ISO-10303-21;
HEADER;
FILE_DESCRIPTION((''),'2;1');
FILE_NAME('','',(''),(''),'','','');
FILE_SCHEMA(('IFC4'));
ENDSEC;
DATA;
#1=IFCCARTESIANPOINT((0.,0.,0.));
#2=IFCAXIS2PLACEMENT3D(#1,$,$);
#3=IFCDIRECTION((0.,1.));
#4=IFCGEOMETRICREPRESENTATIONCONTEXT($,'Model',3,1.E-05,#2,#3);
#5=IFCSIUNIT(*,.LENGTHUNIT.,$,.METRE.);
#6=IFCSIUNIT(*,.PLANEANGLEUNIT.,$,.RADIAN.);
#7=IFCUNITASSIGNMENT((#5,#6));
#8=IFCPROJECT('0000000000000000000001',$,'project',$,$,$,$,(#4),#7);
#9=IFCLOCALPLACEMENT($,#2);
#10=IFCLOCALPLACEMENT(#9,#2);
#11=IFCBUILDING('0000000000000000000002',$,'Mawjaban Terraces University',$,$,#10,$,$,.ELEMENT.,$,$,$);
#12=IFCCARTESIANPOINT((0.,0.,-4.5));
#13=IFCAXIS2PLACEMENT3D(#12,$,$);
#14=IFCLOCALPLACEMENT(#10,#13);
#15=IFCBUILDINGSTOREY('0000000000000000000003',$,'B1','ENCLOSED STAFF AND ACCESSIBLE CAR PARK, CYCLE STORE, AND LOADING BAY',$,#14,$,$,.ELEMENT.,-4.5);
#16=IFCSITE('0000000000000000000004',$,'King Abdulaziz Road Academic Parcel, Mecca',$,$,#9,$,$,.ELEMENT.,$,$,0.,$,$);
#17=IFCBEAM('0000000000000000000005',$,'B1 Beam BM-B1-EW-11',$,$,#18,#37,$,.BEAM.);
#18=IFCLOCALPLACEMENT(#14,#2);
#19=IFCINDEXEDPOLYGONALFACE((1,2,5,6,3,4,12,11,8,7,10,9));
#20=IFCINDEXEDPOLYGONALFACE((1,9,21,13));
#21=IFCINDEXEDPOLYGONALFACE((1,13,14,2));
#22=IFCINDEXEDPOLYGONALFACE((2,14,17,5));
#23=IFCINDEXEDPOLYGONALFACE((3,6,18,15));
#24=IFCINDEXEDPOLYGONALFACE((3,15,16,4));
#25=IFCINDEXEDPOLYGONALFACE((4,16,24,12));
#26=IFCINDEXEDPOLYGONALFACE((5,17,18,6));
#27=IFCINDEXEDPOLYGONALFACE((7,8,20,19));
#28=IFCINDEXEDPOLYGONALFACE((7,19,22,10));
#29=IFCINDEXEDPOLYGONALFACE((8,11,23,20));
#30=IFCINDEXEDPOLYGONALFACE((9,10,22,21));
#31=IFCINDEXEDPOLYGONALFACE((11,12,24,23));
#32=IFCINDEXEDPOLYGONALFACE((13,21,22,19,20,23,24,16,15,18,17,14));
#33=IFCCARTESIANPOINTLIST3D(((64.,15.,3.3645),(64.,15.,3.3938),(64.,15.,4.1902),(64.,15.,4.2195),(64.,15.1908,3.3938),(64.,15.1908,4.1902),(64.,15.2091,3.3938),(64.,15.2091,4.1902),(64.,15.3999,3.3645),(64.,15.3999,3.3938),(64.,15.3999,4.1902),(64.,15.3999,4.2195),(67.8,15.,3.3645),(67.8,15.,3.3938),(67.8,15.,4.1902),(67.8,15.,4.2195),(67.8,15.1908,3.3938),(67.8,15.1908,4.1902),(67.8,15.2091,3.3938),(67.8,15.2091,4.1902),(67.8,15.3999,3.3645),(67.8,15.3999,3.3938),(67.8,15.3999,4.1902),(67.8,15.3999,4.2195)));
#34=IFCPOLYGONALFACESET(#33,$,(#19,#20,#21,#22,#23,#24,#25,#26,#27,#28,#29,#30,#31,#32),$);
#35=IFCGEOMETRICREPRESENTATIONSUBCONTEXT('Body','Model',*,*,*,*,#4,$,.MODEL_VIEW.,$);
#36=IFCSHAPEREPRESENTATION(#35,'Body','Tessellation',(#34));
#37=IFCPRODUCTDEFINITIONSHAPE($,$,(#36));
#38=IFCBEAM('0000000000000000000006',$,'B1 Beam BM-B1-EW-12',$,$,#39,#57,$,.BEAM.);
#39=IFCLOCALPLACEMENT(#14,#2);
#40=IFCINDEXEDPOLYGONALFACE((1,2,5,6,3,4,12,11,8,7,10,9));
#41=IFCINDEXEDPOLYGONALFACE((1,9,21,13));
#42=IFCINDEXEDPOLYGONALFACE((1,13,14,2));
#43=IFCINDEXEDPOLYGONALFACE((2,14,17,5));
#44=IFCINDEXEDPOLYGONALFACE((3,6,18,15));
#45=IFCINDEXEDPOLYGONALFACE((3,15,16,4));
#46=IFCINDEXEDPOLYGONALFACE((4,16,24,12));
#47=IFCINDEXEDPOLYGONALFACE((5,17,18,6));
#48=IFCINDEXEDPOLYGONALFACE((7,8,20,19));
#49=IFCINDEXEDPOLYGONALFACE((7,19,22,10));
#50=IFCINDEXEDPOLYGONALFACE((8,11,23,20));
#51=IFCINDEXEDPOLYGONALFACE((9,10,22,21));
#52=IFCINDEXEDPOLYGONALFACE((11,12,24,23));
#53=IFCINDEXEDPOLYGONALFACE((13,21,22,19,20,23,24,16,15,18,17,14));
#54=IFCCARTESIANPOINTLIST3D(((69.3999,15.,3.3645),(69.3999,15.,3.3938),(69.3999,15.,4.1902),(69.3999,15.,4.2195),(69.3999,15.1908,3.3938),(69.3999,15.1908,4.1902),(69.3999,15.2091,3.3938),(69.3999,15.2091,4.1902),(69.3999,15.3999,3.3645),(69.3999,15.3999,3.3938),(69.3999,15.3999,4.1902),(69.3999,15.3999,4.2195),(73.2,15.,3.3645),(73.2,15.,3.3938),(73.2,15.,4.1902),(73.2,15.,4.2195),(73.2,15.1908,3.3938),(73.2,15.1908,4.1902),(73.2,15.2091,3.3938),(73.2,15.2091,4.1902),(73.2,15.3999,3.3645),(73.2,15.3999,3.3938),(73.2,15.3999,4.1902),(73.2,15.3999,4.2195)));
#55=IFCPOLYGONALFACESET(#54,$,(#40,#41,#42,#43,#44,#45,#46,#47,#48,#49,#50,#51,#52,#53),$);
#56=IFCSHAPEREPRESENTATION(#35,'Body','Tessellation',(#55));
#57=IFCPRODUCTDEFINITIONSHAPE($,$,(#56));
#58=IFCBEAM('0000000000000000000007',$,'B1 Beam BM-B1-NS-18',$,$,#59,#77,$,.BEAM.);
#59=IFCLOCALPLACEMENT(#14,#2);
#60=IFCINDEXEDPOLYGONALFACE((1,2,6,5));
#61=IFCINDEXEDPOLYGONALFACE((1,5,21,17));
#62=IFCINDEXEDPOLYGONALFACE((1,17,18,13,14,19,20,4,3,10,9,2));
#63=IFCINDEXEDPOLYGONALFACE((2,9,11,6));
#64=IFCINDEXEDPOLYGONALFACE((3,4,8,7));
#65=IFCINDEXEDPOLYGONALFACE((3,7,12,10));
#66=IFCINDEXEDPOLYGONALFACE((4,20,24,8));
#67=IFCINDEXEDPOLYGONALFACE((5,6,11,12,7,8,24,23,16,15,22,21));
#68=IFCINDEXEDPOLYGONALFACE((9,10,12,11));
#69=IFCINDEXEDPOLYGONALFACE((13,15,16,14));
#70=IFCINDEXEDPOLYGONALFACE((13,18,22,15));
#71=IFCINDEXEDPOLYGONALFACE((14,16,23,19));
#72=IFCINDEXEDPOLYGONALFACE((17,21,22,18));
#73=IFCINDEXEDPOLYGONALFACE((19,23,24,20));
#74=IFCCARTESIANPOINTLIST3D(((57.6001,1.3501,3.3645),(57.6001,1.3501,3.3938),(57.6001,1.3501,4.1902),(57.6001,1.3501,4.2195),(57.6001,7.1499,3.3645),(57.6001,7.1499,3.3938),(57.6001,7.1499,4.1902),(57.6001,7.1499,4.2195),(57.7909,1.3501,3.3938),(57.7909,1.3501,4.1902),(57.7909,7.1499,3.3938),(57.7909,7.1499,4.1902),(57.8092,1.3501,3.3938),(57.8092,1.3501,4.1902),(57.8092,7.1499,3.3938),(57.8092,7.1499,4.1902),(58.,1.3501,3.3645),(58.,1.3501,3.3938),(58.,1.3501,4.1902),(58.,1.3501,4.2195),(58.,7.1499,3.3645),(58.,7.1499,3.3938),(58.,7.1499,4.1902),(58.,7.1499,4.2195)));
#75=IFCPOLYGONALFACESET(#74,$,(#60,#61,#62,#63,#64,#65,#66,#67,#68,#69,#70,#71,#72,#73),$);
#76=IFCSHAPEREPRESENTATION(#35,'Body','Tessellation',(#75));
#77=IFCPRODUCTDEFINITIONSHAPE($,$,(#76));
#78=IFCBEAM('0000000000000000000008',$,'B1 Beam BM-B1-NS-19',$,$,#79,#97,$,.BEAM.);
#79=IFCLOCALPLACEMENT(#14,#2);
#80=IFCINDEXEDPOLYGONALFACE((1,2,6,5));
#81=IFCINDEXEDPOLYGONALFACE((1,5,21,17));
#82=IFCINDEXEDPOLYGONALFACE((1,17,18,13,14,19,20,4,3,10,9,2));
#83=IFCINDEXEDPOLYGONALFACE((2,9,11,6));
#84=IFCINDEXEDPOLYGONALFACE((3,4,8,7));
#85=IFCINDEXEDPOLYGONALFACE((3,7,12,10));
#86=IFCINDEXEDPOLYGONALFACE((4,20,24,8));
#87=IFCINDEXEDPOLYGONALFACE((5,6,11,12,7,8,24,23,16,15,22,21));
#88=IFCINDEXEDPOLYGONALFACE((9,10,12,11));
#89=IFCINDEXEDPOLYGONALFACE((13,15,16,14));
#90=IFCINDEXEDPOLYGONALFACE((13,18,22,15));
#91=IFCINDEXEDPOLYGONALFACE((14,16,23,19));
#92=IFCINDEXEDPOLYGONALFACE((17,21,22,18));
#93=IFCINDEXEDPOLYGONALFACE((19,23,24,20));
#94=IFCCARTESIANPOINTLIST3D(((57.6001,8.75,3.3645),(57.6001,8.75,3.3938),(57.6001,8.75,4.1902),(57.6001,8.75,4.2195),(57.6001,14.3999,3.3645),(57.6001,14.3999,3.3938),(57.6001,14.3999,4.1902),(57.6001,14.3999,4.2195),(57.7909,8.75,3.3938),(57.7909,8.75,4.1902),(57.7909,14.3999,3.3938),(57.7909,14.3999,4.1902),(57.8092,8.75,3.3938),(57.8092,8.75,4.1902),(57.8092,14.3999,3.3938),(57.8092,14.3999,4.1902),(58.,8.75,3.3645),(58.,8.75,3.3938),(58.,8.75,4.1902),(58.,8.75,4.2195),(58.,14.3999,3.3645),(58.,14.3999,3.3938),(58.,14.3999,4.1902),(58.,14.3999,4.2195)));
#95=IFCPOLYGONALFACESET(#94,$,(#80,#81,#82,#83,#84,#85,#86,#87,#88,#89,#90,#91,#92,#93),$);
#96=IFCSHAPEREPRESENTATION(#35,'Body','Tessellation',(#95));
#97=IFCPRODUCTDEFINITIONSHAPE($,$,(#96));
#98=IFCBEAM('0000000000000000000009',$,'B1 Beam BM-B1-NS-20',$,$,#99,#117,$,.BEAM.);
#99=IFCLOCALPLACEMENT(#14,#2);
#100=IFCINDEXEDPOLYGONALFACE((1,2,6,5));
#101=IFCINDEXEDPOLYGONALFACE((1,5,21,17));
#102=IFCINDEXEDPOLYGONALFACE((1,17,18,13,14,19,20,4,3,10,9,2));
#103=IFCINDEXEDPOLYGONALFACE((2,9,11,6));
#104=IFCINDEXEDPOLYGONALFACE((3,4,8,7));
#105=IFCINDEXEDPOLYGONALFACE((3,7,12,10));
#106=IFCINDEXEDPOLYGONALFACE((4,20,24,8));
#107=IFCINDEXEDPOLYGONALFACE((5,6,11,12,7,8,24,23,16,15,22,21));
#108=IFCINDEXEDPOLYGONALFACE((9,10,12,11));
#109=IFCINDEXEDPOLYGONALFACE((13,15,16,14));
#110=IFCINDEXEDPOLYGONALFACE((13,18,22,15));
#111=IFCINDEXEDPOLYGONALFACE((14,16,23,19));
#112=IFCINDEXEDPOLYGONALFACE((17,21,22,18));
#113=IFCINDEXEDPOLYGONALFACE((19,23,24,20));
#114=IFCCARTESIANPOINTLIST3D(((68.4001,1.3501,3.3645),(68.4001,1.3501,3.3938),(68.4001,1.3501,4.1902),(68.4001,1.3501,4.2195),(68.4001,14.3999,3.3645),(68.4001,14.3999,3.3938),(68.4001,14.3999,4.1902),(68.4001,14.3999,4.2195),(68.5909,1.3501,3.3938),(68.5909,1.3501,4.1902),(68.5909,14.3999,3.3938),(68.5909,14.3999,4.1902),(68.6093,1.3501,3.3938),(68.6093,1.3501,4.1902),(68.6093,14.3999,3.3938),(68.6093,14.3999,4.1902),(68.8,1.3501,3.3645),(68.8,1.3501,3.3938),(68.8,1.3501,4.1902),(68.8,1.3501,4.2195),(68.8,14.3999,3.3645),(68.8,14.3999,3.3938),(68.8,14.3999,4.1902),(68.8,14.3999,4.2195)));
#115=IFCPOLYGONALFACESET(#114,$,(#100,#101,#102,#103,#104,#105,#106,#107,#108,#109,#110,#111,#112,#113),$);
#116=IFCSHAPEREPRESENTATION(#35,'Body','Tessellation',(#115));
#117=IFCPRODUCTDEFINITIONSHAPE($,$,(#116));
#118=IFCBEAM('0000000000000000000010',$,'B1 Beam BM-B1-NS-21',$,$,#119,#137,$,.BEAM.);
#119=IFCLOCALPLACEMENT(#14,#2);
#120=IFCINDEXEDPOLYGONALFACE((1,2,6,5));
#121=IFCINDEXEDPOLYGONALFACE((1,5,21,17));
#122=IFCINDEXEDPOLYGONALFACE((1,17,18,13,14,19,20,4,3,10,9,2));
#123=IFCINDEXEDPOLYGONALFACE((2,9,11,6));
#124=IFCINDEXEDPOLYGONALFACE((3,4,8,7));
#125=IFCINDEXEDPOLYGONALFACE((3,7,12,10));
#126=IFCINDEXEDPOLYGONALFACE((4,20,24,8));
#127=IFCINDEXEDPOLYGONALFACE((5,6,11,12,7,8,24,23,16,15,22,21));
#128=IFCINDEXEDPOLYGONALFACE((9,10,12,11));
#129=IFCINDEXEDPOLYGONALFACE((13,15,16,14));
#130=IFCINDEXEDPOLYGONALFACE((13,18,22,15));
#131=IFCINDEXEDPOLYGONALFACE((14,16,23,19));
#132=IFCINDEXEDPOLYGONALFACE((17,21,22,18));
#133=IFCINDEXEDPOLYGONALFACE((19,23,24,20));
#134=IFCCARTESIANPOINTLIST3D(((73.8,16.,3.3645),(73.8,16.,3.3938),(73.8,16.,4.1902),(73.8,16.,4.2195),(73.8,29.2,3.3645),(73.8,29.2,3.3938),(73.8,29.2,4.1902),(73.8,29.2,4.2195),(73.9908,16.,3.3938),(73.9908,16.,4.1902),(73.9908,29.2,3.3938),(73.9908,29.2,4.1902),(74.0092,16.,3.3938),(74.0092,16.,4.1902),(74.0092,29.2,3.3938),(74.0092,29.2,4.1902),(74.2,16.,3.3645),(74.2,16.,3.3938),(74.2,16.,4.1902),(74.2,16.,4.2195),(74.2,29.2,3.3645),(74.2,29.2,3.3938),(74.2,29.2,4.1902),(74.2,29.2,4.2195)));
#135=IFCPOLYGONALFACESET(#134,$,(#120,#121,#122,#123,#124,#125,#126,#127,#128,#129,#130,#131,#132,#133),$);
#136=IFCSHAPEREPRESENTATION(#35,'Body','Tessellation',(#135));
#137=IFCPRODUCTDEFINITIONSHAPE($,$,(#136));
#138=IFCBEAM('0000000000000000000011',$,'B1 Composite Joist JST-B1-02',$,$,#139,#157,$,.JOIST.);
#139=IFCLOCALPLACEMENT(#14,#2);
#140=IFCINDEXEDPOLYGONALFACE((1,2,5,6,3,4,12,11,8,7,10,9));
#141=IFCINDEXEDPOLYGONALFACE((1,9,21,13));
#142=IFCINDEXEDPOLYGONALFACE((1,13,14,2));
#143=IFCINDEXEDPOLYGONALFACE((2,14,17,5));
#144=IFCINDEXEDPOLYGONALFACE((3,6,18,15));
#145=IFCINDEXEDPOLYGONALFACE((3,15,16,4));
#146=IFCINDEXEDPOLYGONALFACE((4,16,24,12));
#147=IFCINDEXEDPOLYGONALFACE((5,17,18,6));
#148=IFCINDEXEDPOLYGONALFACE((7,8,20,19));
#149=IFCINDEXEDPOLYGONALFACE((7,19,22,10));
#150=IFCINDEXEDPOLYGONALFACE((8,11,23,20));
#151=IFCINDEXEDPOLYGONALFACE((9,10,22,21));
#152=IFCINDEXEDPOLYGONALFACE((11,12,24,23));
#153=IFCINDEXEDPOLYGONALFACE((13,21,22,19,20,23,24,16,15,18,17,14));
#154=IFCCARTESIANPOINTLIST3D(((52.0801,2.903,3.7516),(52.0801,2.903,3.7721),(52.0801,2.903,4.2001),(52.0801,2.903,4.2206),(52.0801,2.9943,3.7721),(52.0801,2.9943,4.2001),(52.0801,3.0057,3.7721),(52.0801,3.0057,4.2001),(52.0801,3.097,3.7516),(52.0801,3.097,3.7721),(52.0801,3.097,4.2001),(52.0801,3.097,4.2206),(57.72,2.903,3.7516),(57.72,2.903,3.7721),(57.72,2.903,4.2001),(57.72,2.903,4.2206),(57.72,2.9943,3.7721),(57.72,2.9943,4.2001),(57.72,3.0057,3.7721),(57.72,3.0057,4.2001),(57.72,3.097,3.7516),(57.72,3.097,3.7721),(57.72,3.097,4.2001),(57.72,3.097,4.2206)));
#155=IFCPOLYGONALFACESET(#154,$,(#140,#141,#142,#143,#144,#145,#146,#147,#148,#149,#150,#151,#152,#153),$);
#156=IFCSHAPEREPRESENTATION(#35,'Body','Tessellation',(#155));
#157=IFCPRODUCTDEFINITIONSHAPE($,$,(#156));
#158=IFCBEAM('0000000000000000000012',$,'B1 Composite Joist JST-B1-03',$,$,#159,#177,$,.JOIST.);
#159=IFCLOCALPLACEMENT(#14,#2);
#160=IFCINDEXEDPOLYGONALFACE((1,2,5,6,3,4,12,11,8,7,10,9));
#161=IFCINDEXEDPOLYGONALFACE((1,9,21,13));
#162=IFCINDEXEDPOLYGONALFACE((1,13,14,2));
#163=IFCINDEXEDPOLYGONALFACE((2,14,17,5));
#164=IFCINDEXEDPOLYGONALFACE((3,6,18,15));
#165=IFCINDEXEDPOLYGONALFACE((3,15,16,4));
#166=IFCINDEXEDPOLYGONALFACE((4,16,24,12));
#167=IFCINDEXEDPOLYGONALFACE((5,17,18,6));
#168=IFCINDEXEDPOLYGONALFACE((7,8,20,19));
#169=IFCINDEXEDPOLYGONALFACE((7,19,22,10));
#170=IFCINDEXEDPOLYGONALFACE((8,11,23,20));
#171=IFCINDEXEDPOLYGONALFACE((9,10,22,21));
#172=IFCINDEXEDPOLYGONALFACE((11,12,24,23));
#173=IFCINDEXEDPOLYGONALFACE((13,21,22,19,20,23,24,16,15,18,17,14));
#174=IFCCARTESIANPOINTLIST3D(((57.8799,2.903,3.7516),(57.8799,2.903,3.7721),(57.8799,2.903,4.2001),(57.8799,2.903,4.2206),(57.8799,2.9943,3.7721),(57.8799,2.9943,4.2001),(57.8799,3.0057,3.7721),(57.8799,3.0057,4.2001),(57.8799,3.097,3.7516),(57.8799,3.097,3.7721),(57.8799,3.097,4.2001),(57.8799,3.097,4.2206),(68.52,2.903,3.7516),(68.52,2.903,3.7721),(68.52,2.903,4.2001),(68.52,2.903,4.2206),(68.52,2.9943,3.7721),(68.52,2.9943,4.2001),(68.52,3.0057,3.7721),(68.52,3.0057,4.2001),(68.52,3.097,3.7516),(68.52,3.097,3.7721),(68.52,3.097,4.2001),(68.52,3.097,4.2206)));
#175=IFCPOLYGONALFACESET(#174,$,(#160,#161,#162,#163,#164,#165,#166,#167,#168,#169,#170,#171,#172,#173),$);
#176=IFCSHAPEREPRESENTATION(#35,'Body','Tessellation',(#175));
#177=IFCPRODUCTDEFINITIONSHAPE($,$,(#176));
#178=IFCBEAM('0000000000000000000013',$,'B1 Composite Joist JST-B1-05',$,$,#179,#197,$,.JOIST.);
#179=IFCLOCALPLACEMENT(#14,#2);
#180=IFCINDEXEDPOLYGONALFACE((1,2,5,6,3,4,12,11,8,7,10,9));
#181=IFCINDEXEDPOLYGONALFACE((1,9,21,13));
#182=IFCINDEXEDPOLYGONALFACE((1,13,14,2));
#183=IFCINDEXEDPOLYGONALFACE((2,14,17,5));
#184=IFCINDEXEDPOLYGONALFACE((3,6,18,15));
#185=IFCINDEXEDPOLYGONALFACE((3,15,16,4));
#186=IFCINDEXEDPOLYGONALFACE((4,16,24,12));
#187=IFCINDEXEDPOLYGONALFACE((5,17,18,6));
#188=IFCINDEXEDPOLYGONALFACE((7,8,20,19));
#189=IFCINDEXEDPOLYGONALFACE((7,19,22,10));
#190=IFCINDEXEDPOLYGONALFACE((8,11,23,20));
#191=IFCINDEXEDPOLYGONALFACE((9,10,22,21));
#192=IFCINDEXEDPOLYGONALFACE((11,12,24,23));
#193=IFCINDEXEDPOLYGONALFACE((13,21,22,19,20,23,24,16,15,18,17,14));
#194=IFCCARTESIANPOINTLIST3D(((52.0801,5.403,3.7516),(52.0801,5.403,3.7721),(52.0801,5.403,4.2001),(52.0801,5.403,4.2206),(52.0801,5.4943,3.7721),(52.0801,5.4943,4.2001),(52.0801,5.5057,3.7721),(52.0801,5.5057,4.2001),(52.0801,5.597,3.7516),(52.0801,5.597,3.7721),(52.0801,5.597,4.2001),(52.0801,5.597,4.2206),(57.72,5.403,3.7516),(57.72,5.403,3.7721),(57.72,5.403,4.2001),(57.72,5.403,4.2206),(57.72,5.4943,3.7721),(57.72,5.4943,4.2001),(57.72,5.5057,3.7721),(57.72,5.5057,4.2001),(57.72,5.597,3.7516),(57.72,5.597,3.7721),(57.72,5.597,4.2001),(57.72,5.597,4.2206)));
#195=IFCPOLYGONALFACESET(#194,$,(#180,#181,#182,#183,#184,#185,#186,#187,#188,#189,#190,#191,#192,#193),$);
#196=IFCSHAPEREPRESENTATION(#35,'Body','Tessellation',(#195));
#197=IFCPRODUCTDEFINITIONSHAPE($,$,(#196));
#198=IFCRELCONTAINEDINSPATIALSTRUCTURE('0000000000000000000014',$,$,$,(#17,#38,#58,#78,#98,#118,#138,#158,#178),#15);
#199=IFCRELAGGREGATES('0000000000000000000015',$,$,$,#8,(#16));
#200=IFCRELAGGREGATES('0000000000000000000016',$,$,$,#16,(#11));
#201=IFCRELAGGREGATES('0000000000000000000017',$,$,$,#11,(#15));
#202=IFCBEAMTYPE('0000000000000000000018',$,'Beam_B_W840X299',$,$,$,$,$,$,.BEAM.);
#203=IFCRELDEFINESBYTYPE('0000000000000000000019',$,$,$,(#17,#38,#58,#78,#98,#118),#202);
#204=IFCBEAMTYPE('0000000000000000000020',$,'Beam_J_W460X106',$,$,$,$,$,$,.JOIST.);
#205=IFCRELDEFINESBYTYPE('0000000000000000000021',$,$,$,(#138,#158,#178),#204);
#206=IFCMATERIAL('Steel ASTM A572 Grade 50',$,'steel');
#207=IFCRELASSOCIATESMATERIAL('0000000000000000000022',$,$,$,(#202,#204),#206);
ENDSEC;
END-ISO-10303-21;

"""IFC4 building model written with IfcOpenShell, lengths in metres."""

from ifc_helpers import new_model, si_unit, direction, frame, origin, origin_2d, place, context, subcontext, project, spatial, i_section, extrude, material, material_profile, profile_set, type_object, element, save


model = new_model("IFC4")

# Units and contexts
model_context = context("Model", 3, precision=1e-05, world=origin(), true_north=direction((0.0, 1.0)))
body_context = subcontext(model_context, "Body", "Model", "MODEL_VIEW")
ifc_project = project(units=[si_unit("LENGTHUNIT", "METRE"), si_unit("PLANEANGLEUNIT", "RADIAN")], contexts=[model_context])

# Site, building, storey
site_placement = place(None, origin())
site = spatial("IfcSite", under=ifc_project, at=site_placement, Name="King Abdulaziz Road Academic Parcel, Mecca", CompositionType="ELEMENT", RefElevation=0.0)
building_placement = place(site_placement, origin())
building = spatial("IfcBuilding", under=site, at=building_placement, Name="Mawjaban Terraces University", CompositionType="ELEMENT")
storey_placement = place(building_placement, frame((0.0, 0.0, -4.5)))
storey = spatial("IfcBuildingStorey", under=building, at=storey_placement, Name="B1", Description="ENCLOSED STAFF AND ACCESSIBLE CAR PARK, CYCLE STORE, AND LOADING BAY", CompositionType="ELEMENT", Elevation=-4.5)

# Beams
ifc_material_1 = material(Name="Steel ASTM A572 Grade 50", Category="steel")
ifc_material_profile_1 = material_profile(ifc_material_1, i_section(OverallWidth=0.3999, OverallDepth=0.855, WebThickness=0.0183, FlangeThickness=0.0293, at=origin_2d()), Name="W840X299")
ifc_profile_set_1 = profile_set([ifc_material_profile_1], Name="Steel ASTM A572 Grade 50")
beam_type_1 = type_object("IfcBeamType", Name="Beam_B_W840X299", PredefinedType="BEAM", material=ifc_profile_set_1)
for number, where, z_axis, x_axis, name in (
    (1, (64.0, 15.2, 3.792), (1.0, 0.0, 0.0), (0.0, 1.0, 0.0), "B1 Beam BM-B1-EW-11"),
    (2, (69.3999, 15.2, 3.792), (1.0, 0.0, 0.0), (0.0, 1.0, 0.0), "B1 Beam BM-B1-EW-12"),
):
    element("IfcBeam", number, at=place(storey_placement, frame(where, z_axis=z_axis, x_axis=x_axis)), inside=storey, type_object=beam_type_1, Name=name, PredefinedType="BEAM", context=body_context, shape_type="SweptSolid", body=[
        extrude(i_section(OverallWidth=0.3999, OverallDepth=0.855, WebThickness=0.0183, FlangeThickness=0.0293, at=origin_2d()), origin(), (0.0, 0.0, 1.0), 3.8),
    ])
beam_1_placement = place(storey_placement, frame((57.8, 1.3501, 3.792), z_axis=(0.0, 1.0, 0.0), x_axis=(-1.0, 0.0, 0.0)))
element("IfcBeam", 3, at=beam_1_placement, inside=storey, type_object=beam_type_1, Name="B1 Beam BM-B1-NS-18", PredefinedType="BEAM", context=body_context, shape_type="SweptSolid", body=[
    extrude(i_section(OverallWidth=0.3999, OverallDepth=0.855, WebThickness=0.0183, FlangeThickness=0.0293, at=origin_2d()), origin(), (0.0, 0.0, 1.0), 5.7998),
])
beam_2_placement = place(storey_placement, frame((57.8, 8.75, 3.792), z_axis=(0.0, 1.0, 0.0), x_axis=(-1.0, 0.0, 0.0)))
element("IfcBeam", 4, at=beam_2_placement, inside=storey, type_object=beam_type_1, Name="B1 Beam BM-B1-NS-19", PredefinedType="BEAM", context=body_context, shape_type="SweptSolid", body=[
    extrude(i_section(OverallWidth=0.3999, OverallDepth=0.855, WebThickness=0.0183, FlangeThickness=0.0293, at=origin_2d()), origin(), (0.0, 0.0, 1.0), 5.6499),
])
beam_3_placement = place(storey_placement, frame((68.6001, 1.3501, 3.792), z_axis=(0.0, 1.0, 0.0), x_axis=(-1.0, 0.0, 0.0)))
element("IfcBeam", 5, at=beam_3_placement, inside=storey, type_object=beam_type_1, Name="B1 Beam BM-B1-NS-20", PredefinedType="BEAM", context=body_context, shape_type="SweptSolid", body=[
    extrude(i_section(OverallWidth=0.3999, OverallDepth=0.855, WebThickness=0.0183, FlangeThickness=0.0293, at=origin_2d()), origin(), (0.0, 0.0, 1.0), 13.0498),
])
beam_4_placement = place(storey_placement, frame((74.0, 16.0, 3.792), z_axis=(0.0, 1.0, 0.0), x_axis=(-1.0, 0.0, 0.0)))
element("IfcBeam", 6, at=beam_4_placement, inside=storey, type_object=beam_type_1, Name="B1 Beam BM-B1-NS-21", PredefinedType="BEAM", context=body_context, shape_type="SweptSolid", body=[
    extrude(i_section(OverallWidth=0.3999, OverallDepth=0.855, WebThickness=0.0183, FlangeThickness=0.0293, at=origin_2d()), origin(), (0.0, 0.0, 1.0), 13.2),
])
ifc_material_profile_2 = material_profile(ifc_material_1, i_section(OverallWidth=0.1941, OverallDepth=0.469, WebThickness=0.0115, FlangeThickness=0.0205, at=origin_2d()), Name="W460X106")
ifc_profile_set_2 = profile_set([ifc_material_profile_2], Name="Steel ASTM A572 Grade 50")
beam_type_2 = type_object("IfcBeamType", Name="Beam_J_W460X106", PredefinedType="JOIST", material=ifc_profile_set_2)
beam_5_placement = place(storey_placement, frame((52.0801, 3.0, 3.9861), z_axis=(1.0, 0.0, 0.0), x_axis=(0.0, 1.0, 0.0)))
element("IfcBeam", 7, at=beam_5_placement, inside=storey, type_object=beam_type_2, Name="B1 Composite Joist JST-B1-02", PredefinedType="JOIST", context=body_context, shape_type="SweptSolid", body=[
    extrude(i_section(OverallWidth=0.1941, OverallDepth=0.469, WebThickness=0.0115, FlangeThickness=0.0205, at=origin_2d()), origin(), (0.0, 0.0, 1.0), 5.6399),
])
beam_6_placement = place(storey_placement, frame((57.8799, 3.0, 3.9861), z_axis=(1.0, 0.0, 0.0), x_axis=(0.0, 1.0, 0.0)))
element("IfcBeam", 8, at=beam_6_placement, inside=storey, type_object=beam_type_2, Name="B1 Composite Joist JST-B1-03", PredefinedType="JOIST", context=body_context, shape_type="SweptSolid", body=[
    extrude(i_section(OverallWidth=0.1941, OverallDepth=0.469, WebThickness=0.0115, FlangeThickness=0.0205, at=origin_2d()), origin(), (0.0, 0.0, 1.0), 10.6401),
])
beam_7_placement = place(storey_placement, frame((52.0801, 5.5, 3.9861), z_axis=(1.0, 0.0, 0.0), x_axis=(0.0, 1.0, 0.0)))
element("IfcBeam", 9, at=beam_7_placement, inside=storey, type_object=beam_type_2, Name="B1 Composite Joist JST-B1-05", PredefinedType="JOIST", context=body_context, shape_type="SweptSolid", body=[
    extrude(i_section(OverallWidth=0.1941, OverallDepth=0.469, WebThickness=0.0115, FlangeThickness=0.0205, at=origin_2d()), origin(), (0.0, 0.0, 1.0), 5.6399),
])

save(model, "model.ifc")
